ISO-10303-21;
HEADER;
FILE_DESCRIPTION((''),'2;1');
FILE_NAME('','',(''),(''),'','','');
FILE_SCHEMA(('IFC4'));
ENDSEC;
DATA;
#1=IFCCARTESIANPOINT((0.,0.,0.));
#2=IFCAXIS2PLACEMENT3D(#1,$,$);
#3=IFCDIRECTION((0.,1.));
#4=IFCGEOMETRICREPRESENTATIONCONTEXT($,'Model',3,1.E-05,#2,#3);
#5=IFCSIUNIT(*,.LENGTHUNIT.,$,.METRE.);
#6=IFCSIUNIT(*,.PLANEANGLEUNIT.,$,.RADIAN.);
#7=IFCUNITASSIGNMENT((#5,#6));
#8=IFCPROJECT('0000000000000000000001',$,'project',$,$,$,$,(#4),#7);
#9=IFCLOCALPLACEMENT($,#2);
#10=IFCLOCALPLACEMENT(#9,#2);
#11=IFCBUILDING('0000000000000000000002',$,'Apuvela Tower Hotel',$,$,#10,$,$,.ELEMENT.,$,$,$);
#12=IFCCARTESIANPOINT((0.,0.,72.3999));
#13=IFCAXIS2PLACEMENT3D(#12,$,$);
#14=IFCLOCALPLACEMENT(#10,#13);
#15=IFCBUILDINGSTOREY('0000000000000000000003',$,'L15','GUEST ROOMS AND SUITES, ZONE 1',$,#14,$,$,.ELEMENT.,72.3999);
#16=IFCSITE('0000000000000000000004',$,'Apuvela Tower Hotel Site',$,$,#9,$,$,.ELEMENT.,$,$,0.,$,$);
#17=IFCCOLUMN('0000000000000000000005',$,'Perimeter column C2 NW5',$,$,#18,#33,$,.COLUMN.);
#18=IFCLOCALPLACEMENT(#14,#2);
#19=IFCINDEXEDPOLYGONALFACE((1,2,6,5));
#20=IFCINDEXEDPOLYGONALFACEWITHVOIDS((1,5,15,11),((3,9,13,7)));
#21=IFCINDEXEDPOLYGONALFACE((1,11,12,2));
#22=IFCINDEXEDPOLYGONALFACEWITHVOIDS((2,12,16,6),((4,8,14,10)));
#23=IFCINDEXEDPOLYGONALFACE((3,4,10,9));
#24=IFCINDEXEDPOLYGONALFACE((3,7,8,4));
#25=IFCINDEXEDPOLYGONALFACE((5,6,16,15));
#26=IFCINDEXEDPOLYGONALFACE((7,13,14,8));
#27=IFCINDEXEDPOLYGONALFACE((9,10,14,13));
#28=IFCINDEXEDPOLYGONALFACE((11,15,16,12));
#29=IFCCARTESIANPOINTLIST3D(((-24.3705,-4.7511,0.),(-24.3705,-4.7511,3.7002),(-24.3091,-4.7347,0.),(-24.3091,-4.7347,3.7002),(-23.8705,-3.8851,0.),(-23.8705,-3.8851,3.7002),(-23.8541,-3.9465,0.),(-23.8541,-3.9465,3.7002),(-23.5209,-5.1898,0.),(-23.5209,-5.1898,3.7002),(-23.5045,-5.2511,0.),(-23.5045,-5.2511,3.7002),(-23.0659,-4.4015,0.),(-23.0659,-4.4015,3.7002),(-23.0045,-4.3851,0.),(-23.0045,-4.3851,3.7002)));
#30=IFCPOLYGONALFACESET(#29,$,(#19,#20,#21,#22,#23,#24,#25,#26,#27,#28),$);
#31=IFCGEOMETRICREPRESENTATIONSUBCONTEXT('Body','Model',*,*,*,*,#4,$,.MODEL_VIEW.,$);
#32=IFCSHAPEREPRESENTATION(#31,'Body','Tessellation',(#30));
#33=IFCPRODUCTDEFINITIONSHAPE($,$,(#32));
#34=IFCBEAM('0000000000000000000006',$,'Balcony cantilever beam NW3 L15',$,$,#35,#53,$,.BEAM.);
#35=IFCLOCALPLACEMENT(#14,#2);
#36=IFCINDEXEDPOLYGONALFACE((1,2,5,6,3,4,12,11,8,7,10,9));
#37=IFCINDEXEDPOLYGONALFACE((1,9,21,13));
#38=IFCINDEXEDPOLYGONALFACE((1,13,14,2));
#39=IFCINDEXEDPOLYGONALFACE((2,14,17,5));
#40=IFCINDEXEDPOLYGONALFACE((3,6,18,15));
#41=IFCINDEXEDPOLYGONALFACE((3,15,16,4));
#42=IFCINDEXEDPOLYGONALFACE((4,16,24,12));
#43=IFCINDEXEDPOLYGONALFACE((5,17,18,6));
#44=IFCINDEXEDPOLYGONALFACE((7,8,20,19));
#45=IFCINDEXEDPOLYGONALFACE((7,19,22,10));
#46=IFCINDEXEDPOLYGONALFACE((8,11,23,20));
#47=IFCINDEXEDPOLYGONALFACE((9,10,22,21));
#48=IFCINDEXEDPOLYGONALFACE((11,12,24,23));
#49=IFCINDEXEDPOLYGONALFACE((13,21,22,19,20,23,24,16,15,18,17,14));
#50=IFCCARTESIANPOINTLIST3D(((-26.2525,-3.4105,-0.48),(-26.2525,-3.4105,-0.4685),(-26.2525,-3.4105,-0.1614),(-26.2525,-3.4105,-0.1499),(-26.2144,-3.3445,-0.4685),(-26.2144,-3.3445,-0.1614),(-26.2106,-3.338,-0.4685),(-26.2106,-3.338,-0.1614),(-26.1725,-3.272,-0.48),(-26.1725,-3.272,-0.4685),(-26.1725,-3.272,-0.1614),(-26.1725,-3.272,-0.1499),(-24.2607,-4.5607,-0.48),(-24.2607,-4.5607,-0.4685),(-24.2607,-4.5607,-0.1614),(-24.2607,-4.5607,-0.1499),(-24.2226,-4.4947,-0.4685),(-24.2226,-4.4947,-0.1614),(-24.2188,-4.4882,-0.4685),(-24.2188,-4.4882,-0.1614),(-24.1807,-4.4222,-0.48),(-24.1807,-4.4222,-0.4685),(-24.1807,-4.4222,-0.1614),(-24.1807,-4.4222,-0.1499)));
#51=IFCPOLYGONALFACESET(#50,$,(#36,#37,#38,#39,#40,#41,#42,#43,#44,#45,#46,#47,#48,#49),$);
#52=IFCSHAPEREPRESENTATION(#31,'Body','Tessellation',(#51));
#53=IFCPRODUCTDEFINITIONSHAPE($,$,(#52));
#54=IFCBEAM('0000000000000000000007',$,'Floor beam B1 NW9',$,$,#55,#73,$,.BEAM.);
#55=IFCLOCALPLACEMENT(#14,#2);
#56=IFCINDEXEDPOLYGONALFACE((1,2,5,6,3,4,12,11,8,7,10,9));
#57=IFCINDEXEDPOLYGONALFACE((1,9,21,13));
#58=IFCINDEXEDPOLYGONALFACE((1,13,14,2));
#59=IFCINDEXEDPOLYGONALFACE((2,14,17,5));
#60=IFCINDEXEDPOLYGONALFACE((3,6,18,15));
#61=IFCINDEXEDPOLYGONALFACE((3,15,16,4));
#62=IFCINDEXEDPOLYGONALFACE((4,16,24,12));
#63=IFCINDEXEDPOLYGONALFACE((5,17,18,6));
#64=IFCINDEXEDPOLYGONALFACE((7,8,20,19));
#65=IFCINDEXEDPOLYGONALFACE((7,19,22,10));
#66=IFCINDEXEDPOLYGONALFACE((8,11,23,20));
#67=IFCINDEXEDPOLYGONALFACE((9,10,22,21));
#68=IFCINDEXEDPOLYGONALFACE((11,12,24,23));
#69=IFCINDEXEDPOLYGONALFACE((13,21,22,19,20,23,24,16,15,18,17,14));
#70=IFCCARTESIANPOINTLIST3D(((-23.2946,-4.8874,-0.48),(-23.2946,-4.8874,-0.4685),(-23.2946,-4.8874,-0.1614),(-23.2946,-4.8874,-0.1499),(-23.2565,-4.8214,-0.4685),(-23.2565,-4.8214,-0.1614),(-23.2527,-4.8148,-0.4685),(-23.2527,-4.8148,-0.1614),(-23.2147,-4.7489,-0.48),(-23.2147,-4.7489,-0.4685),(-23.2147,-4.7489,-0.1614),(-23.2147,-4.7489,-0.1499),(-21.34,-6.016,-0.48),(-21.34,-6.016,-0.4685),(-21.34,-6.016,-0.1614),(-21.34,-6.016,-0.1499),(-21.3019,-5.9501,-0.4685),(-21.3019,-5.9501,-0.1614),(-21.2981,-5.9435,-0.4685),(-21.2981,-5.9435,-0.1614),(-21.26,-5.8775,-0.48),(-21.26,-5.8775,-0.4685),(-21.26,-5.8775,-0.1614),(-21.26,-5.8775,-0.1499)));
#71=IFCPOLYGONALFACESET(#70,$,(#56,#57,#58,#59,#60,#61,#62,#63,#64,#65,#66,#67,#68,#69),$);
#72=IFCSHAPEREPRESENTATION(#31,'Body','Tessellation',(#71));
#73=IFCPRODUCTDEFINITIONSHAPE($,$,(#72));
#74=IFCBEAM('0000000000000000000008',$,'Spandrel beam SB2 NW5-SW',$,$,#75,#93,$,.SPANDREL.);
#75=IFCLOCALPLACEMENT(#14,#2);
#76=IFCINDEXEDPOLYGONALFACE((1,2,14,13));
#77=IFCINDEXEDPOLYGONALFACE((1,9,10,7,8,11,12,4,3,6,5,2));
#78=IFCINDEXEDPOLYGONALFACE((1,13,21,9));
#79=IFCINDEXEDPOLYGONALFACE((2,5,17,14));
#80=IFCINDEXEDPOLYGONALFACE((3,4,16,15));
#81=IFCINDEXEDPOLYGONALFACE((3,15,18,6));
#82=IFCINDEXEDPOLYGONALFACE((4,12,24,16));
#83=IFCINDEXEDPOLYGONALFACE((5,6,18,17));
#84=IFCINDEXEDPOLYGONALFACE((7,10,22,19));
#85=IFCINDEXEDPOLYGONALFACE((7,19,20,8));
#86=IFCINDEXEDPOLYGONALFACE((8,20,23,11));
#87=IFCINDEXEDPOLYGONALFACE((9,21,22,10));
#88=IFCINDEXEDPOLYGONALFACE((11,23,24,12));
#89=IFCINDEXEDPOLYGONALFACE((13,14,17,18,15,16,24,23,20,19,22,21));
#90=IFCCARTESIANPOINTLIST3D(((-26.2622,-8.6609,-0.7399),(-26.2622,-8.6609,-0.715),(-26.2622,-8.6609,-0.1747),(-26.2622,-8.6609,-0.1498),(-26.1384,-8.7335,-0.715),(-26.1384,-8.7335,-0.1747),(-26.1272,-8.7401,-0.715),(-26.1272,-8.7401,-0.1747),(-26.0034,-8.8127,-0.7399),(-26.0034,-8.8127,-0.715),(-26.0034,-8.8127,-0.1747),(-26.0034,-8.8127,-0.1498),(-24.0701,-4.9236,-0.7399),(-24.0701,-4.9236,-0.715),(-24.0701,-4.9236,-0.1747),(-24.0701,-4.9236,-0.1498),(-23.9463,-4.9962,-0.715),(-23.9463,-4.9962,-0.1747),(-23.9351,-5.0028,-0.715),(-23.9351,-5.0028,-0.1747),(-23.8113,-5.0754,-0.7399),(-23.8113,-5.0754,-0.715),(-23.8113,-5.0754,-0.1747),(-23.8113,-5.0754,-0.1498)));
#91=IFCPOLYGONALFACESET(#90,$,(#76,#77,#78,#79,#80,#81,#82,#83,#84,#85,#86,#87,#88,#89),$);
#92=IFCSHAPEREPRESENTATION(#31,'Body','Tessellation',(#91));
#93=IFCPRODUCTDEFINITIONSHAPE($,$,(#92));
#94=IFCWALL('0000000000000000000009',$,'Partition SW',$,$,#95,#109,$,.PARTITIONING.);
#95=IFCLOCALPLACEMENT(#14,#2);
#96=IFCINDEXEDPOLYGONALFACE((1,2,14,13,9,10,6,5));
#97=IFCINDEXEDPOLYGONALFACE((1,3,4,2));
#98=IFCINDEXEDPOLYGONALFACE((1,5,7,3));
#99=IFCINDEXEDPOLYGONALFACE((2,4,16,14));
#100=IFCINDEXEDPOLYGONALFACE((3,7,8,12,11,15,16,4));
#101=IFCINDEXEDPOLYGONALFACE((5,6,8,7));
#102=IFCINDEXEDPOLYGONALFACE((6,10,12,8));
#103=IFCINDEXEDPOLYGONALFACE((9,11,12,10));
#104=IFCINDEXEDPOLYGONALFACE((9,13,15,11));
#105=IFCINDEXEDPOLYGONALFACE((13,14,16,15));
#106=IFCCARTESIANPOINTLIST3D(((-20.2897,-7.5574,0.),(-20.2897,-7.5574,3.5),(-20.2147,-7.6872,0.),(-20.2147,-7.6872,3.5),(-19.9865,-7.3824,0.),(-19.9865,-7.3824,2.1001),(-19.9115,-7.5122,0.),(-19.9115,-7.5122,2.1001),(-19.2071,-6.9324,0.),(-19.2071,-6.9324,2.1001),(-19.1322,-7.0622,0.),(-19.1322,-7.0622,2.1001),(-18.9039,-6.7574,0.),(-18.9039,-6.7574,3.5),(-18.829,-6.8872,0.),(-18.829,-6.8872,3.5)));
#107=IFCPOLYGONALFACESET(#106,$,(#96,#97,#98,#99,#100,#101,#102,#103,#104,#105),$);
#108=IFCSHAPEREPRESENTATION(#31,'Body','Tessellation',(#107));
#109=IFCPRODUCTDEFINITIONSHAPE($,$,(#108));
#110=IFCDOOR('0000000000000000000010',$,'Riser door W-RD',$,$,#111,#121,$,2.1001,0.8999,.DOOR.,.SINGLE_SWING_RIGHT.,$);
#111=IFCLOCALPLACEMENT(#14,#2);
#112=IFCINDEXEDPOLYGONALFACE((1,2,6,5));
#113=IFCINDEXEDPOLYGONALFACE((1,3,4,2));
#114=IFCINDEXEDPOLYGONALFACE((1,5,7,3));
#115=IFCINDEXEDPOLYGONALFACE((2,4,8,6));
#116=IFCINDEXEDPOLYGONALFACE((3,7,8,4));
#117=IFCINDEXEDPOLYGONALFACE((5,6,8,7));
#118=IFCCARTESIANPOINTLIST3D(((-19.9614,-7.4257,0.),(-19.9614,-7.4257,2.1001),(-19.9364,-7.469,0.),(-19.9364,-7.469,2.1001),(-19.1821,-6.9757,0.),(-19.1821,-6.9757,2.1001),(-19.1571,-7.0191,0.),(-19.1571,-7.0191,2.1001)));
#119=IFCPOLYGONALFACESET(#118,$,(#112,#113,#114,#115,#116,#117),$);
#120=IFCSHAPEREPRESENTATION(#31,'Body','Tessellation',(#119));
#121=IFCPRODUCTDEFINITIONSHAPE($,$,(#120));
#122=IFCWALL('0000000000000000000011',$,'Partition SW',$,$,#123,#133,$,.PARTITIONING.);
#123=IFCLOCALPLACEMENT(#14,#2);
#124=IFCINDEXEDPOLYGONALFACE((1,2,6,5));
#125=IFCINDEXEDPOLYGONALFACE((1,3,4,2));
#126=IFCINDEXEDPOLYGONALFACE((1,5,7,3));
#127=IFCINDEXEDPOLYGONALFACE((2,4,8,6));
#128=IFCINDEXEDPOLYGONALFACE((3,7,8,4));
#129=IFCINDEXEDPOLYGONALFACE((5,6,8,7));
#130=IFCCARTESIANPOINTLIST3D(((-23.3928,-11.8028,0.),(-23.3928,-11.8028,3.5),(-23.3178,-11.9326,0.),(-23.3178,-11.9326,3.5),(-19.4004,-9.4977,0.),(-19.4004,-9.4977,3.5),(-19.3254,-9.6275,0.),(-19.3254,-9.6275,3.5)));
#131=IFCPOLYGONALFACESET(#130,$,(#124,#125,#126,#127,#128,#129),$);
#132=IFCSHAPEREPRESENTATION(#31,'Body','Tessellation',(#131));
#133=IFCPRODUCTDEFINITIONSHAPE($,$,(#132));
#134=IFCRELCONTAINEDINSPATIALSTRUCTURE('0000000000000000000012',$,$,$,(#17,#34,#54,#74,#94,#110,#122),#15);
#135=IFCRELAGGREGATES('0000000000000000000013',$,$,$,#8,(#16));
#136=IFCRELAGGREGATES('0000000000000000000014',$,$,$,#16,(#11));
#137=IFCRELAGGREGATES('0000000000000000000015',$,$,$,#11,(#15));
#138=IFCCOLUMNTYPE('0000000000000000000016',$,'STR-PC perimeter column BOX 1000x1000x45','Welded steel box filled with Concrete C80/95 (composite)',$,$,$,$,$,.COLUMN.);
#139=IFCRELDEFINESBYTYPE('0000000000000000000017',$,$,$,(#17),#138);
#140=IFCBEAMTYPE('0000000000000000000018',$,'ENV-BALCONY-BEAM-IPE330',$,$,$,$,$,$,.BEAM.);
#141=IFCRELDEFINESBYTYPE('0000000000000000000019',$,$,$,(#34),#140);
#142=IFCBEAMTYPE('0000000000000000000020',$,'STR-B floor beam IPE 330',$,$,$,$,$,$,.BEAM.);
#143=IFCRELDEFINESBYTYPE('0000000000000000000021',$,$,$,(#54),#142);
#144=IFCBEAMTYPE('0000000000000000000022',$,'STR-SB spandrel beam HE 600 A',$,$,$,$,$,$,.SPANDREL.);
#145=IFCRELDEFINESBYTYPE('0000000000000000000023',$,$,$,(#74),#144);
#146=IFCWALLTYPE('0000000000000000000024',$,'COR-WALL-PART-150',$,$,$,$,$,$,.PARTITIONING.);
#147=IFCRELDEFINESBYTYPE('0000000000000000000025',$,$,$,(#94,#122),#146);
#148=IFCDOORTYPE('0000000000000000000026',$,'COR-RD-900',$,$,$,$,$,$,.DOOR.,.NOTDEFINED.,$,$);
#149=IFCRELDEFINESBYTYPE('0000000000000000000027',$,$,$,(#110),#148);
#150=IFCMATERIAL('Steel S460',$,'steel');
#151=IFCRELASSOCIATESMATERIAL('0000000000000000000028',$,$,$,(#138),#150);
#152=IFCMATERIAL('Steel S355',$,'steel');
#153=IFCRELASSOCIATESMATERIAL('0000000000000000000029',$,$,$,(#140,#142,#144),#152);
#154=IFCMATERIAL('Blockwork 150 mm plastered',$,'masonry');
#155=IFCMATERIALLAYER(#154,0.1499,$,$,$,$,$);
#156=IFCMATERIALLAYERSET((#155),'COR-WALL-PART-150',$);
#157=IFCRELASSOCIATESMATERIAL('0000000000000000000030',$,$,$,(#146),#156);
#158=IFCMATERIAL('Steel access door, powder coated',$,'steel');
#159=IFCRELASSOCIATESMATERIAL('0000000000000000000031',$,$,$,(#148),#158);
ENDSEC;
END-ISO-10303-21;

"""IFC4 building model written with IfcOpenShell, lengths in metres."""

from ifc_helpers import new_model, si_unit, direction, frame, frame_2d, origin, origin_2d, place, context, subcontext, project, spatial, rectangle, hollow_rectangle, i_section, extrude, material, layer, layer_set, material_profile, profile_set, type_object, element, fill, save


model = new_model("IFC4")

# Units and contexts
model_context = context("Model", 3, precision=1e-05, world=origin(), true_north=direction((0.0, 1.0)))
body_context = subcontext(model_context, "Body", "Model", "MODEL_VIEW")
ifc_project = project(units=[si_unit("LENGTHUNIT", "METRE"), si_unit("PLANEANGLEUNIT", "RADIAN")], contexts=[model_context])

# Site, building, storey
site_placement = place(None, origin())
site = spatial("IfcSite", under=ifc_project, at=site_placement, Name="Apuvela Tower Hotel Site", CompositionType="ELEMENT", RefElevation=0.0)
building_placement = place(site_placement, origin())
building = spatial("IfcBuilding", under=site, at=building_placement, Name="Apuvela Tower Hotel", CompositionType="ELEMENT")
storey_placement = place(building_placement, frame((0.0, 0.0, 72.3999)))
storey = spatial("IfcBuildingStorey", under=building, at=storey_placement, Name="L15", Description="GUEST ROOMS AND SUITES, ZONE 1", CompositionType="ELEMENT", Elevation=72.3999)

# Column
ifc_material_1 = material(Name="Steel S460", Category="steel")
ifc_material_profile_1 = material_profile(ifc_material_1, hollow_rectangle(XDim=1.0, YDim=1.0, WallThickness=0.0449, at=origin_2d()), Name="BOX 1000x1000x45")
ifc_material_2 = material(Name="Concrete C80/95", Category="concrete")
ifc_material_profile_2 = material_profile(ifc_material_2, rectangle(XDim=0.9099, YDim=0.9099, at=origin_2d()), Name="Concrete C80/95 infill")
ifc_profile_set_1 = profile_set([ifc_material_profile_1, ifc_material_profile_2], Name="Steel S460")
column_type = type_object("IfcColumnType", Name="STR-PC perimeter column BOX 1000x1000x45", Description="Welded steel box filled with Concrete C80/95 (composite)", PredefinedType="COLUMN", material=ifc_profile_set_1)
column_placement = place(storey_placement, frame((-23.6875, -4.5681, 0.0), z_axis=(0.0, 0.0, 1.0), x_axis=(0.5, 0.866025, 0.0)))
element("IfcColumn", 1, at=column_placement, inside=storey, type_object=column_type, Name="Perimeter column C2 NW5", PredefinedType="COLUMN", context=body_context, shape_type="SweptSolid", body=[
    extrude(hollow_rectangle(XDim=1.0, YDim=1.0, WallThickness=0.0449, at=origin_2d()), origin(), (0.0, 0.0, 1.0), 3.7002),
])

# Beams
ifc_material_3 = material(Name="Steel S355", Category="steel")
ifc_material_profile_3 = material_profile(ifc_material_3, i_section(OverallWidth=0.1599, OverallDepth=0.3301, WebThickness=0.0076, FlangeThickness=0.0115, at=origin_2d()), Name="IPE 330")
ifc_profile_set_2 = profile_set([ifc_material_profile_3], Name="Steel S355")
beam_type_1 = type_object("IfcBeamType", Name="ENV-BALCONY-BEAM-IPE330", PredefinedType="BEAM", material=ifc_profile_set_2)
beam_1_placement = place(storey_placement, frame((-24.2207, -4.4915, -0.3149), z_axis=(-0.865981, 0.500078, 0.0), x_axis=(-0.500078, -0.865981, 0.0)))
element("IfcBeam", 2, at=beam_1_placement, inside=storey, type_object=beam_type_1, Name="Balcony cantilever beam NW3 L15", PredefinedType="BEAM", context=body_context, shape_type="SweptSolid", body=[
    extrude(i_section(OverallWidth=0.1599, OverallDepth=0.3301, WebThickness=0.0076, FlangeThickness=0.0115, at=origin_2d()), origin(), (0.0, 0.0, 1.0), 2.3),
])
ifc_material_profile_4 = material_profile(ifc_material_3, i_section(OverallWidth=0.1599, OverallDepth=0.3301, WebThickness=0.0076, FlangeThickness=0.0115, at=origin_2d()), Name="IPE 330")
ifc_profile_set_3 = profile_set([ifc_material_profile_4], Name="Steel S355")
beam_type_2 = type_object("IfcBeamType", Name="STR-B floor beam IPE 330", PredefinedType="BEAM", material=ifc_profile_set_3)
beam_2_placement = place(storey_placement, frame((-23.2546, -4.8181, -0.3149), z_axis=(0.865991, -0.50006, 0.0), x_axis=(0.50006, 0.865991, 0.0)))
element("IfcBeam", 3, at=beam_2_placement, inside=storey, type_object=beam_type_2, Name="Floor beam B1 NW9", PredefinedType="BEAM", context=body_context, shape_type="SweptSolid", body=[
    extrude(i_section(OverallWidth=0.1599, OverallDepth=0.3301, WebThickness=0.0076, FlangeThickness=0.0115, at=origin_2d()), origin(), (0.0, 0.0, 1.0), 2.2571),
])
ifc_material_profile_5 = material_profile(ifc_material_3, i_section(OverallWidth=0.3, OverallDepth=0.5901, WebThickness=0.0129, FlangeThickness=0.0249, at=origin_2d()), Name="HE 600 A")
ifc_profile_set_4 = profile_set([ifc_material_profile_5], Name="Steel S355")
beam_type_3 = type_object("IfcBeamType", Name="STR-SB spandrel beam HE 600 A", PredefinedType="SPANDREL", material=ifc_profile_set_4)
beam_3_placement = place(storey_placement, frame((-23.9407, -4.9995, -0.4448), z_axis=(-0.505944, -0.862567, 0.0), x_axis=(0.862567, -0.505944, 0.0)))
element("IfcBeam", 4, at=beam_3_placement, inside=storey, type_object=beam_type_3, Name="Spandrel beam SB2 NW5-SW", PredefinedType="SPANDREL", context=body_context, shape_type="SweptSolid", body=[
    extrude(i_section(OverallWidth=0.3, OverallDepth=0.5901, WebThickness=0.0129, FlangeThickness=0.0249, at=origin_2d()), origin(), (0.0, 0.0, 1.0), 4.3328),
])

# Wall, opening, door
ifc_material_4 = material(Name="Blockwork 150 mm plastered", Category="masonry")
ifc_layer_1 = layer(ifc_material_4, 0.1499)
ifc_layer_set_1 = layer_set([ifc_layer_1], Name="COR-WALL-PART-150")
wall_type_1 = type_object("IfcWallType", Name="COR-WALL-PART-150", PredefinedType="PARTITIONING", material=ifc_layer_set_1)
wall_1_placement = place(storey_placement, frame((-18.8665, -6.8223, 0.0), z_axis=(0.0, 0.0, 1.0), x_axis=(-0.866028, -0.499995, 0.0)))
wall_1 = element("IfcWall", 5, at=wall_1_placement, inside=storey, type_object=wall_type_1, Name="Partition SW", PredefinedType="PARTITIONING", context=body_context, shape_type="SweptSolid", body=[
    extrude(rectangle(XDim=1.6001, YDim=0.1499, at=frame_2d((0.8, 0.0))), origin(), (0.0, 0.0, 1.0), 3.5),
])
opening_1_placement = place(wall_1_placement, frame((0.3501, 0.0, 0.0)))
opening_1 = element("IfcOpeningElement", 6, at=opening_1_placement, cuts=wall_1, PredefinedType="OPENING", context=body_context, shape_type="SweptSolid", body=[
    extrude(rectangle(XDim=0.8999, YDim=2.1001, at=frame_2d((0.45, 1.05))), frame((0.0, 0.085, 0.0), z_axis=(0.0, -1.0, 0.0), x_axis=(1.0, 0.0, 0.0)), (0.0, 0.0, 1.0), 0.1699),
])
ifc_material_5 = material(Name="Steel access door, powder coated", Category="steel")
door_type_1 = type_object("IfcDoorType", Name="COR-RD-900", OperationType="NOTDEFINED", PredefinedType="DOOR", material=ifc_material_5)
door_1_placement = place(opening_1_placement, frame((0.8999, 0.0, 0.0), z_axis=(0.0, 0.0, 1.0), x_axis=(-1.0, 0.0, 0.0)))
door_1 = element("IfcDoor", 7, at=door_1_placement, inside=storey, type_object=door_type_1, Name="Riser door W-RD", OperationType="SINGLE_SWING_RIGHT", OverallHeight=2.1001, OverallWidth=0.8999, PredefinedType="DOOR", context=body_context, shape_type="SweptSolid", body=[
    extrude(rectangle(XDim=0.8999, YDim=2.1001, at=frame_2d((0.45, 1.05))), frame((0.0, 0.0249, 0.0), z_axis=(0.0, -1.0, 0.0), x_axis=(1.0, 0.0, 0.0)), (0.0, 0.0, 1.0), 0.05),
])
fill(opening_1, door_1)

# Wall
wall_2_placement = place(storey_placement, frame((-19.3628, -9.5625, 0.0), z_axis=(0.0, 0.0, 1.0), x_axis=(-0.866012, -0.500023, 0.0)))
element("IfcWall", 8, at=wall_2_placement, inside=storey, type_object=wall_type_1, Name="Partition SW", PredefinedType="PARTITIONING", context=body_context, shape_type="SweptSolid", body=[
    extrude(rectangle(XDim=4.6101, YDim=0.1499, at=frame_2d((2.3052, 0.0))), origin(), (0.0, 0.0, 1.0), 3.5),
])

save(model, "model.ifc")
